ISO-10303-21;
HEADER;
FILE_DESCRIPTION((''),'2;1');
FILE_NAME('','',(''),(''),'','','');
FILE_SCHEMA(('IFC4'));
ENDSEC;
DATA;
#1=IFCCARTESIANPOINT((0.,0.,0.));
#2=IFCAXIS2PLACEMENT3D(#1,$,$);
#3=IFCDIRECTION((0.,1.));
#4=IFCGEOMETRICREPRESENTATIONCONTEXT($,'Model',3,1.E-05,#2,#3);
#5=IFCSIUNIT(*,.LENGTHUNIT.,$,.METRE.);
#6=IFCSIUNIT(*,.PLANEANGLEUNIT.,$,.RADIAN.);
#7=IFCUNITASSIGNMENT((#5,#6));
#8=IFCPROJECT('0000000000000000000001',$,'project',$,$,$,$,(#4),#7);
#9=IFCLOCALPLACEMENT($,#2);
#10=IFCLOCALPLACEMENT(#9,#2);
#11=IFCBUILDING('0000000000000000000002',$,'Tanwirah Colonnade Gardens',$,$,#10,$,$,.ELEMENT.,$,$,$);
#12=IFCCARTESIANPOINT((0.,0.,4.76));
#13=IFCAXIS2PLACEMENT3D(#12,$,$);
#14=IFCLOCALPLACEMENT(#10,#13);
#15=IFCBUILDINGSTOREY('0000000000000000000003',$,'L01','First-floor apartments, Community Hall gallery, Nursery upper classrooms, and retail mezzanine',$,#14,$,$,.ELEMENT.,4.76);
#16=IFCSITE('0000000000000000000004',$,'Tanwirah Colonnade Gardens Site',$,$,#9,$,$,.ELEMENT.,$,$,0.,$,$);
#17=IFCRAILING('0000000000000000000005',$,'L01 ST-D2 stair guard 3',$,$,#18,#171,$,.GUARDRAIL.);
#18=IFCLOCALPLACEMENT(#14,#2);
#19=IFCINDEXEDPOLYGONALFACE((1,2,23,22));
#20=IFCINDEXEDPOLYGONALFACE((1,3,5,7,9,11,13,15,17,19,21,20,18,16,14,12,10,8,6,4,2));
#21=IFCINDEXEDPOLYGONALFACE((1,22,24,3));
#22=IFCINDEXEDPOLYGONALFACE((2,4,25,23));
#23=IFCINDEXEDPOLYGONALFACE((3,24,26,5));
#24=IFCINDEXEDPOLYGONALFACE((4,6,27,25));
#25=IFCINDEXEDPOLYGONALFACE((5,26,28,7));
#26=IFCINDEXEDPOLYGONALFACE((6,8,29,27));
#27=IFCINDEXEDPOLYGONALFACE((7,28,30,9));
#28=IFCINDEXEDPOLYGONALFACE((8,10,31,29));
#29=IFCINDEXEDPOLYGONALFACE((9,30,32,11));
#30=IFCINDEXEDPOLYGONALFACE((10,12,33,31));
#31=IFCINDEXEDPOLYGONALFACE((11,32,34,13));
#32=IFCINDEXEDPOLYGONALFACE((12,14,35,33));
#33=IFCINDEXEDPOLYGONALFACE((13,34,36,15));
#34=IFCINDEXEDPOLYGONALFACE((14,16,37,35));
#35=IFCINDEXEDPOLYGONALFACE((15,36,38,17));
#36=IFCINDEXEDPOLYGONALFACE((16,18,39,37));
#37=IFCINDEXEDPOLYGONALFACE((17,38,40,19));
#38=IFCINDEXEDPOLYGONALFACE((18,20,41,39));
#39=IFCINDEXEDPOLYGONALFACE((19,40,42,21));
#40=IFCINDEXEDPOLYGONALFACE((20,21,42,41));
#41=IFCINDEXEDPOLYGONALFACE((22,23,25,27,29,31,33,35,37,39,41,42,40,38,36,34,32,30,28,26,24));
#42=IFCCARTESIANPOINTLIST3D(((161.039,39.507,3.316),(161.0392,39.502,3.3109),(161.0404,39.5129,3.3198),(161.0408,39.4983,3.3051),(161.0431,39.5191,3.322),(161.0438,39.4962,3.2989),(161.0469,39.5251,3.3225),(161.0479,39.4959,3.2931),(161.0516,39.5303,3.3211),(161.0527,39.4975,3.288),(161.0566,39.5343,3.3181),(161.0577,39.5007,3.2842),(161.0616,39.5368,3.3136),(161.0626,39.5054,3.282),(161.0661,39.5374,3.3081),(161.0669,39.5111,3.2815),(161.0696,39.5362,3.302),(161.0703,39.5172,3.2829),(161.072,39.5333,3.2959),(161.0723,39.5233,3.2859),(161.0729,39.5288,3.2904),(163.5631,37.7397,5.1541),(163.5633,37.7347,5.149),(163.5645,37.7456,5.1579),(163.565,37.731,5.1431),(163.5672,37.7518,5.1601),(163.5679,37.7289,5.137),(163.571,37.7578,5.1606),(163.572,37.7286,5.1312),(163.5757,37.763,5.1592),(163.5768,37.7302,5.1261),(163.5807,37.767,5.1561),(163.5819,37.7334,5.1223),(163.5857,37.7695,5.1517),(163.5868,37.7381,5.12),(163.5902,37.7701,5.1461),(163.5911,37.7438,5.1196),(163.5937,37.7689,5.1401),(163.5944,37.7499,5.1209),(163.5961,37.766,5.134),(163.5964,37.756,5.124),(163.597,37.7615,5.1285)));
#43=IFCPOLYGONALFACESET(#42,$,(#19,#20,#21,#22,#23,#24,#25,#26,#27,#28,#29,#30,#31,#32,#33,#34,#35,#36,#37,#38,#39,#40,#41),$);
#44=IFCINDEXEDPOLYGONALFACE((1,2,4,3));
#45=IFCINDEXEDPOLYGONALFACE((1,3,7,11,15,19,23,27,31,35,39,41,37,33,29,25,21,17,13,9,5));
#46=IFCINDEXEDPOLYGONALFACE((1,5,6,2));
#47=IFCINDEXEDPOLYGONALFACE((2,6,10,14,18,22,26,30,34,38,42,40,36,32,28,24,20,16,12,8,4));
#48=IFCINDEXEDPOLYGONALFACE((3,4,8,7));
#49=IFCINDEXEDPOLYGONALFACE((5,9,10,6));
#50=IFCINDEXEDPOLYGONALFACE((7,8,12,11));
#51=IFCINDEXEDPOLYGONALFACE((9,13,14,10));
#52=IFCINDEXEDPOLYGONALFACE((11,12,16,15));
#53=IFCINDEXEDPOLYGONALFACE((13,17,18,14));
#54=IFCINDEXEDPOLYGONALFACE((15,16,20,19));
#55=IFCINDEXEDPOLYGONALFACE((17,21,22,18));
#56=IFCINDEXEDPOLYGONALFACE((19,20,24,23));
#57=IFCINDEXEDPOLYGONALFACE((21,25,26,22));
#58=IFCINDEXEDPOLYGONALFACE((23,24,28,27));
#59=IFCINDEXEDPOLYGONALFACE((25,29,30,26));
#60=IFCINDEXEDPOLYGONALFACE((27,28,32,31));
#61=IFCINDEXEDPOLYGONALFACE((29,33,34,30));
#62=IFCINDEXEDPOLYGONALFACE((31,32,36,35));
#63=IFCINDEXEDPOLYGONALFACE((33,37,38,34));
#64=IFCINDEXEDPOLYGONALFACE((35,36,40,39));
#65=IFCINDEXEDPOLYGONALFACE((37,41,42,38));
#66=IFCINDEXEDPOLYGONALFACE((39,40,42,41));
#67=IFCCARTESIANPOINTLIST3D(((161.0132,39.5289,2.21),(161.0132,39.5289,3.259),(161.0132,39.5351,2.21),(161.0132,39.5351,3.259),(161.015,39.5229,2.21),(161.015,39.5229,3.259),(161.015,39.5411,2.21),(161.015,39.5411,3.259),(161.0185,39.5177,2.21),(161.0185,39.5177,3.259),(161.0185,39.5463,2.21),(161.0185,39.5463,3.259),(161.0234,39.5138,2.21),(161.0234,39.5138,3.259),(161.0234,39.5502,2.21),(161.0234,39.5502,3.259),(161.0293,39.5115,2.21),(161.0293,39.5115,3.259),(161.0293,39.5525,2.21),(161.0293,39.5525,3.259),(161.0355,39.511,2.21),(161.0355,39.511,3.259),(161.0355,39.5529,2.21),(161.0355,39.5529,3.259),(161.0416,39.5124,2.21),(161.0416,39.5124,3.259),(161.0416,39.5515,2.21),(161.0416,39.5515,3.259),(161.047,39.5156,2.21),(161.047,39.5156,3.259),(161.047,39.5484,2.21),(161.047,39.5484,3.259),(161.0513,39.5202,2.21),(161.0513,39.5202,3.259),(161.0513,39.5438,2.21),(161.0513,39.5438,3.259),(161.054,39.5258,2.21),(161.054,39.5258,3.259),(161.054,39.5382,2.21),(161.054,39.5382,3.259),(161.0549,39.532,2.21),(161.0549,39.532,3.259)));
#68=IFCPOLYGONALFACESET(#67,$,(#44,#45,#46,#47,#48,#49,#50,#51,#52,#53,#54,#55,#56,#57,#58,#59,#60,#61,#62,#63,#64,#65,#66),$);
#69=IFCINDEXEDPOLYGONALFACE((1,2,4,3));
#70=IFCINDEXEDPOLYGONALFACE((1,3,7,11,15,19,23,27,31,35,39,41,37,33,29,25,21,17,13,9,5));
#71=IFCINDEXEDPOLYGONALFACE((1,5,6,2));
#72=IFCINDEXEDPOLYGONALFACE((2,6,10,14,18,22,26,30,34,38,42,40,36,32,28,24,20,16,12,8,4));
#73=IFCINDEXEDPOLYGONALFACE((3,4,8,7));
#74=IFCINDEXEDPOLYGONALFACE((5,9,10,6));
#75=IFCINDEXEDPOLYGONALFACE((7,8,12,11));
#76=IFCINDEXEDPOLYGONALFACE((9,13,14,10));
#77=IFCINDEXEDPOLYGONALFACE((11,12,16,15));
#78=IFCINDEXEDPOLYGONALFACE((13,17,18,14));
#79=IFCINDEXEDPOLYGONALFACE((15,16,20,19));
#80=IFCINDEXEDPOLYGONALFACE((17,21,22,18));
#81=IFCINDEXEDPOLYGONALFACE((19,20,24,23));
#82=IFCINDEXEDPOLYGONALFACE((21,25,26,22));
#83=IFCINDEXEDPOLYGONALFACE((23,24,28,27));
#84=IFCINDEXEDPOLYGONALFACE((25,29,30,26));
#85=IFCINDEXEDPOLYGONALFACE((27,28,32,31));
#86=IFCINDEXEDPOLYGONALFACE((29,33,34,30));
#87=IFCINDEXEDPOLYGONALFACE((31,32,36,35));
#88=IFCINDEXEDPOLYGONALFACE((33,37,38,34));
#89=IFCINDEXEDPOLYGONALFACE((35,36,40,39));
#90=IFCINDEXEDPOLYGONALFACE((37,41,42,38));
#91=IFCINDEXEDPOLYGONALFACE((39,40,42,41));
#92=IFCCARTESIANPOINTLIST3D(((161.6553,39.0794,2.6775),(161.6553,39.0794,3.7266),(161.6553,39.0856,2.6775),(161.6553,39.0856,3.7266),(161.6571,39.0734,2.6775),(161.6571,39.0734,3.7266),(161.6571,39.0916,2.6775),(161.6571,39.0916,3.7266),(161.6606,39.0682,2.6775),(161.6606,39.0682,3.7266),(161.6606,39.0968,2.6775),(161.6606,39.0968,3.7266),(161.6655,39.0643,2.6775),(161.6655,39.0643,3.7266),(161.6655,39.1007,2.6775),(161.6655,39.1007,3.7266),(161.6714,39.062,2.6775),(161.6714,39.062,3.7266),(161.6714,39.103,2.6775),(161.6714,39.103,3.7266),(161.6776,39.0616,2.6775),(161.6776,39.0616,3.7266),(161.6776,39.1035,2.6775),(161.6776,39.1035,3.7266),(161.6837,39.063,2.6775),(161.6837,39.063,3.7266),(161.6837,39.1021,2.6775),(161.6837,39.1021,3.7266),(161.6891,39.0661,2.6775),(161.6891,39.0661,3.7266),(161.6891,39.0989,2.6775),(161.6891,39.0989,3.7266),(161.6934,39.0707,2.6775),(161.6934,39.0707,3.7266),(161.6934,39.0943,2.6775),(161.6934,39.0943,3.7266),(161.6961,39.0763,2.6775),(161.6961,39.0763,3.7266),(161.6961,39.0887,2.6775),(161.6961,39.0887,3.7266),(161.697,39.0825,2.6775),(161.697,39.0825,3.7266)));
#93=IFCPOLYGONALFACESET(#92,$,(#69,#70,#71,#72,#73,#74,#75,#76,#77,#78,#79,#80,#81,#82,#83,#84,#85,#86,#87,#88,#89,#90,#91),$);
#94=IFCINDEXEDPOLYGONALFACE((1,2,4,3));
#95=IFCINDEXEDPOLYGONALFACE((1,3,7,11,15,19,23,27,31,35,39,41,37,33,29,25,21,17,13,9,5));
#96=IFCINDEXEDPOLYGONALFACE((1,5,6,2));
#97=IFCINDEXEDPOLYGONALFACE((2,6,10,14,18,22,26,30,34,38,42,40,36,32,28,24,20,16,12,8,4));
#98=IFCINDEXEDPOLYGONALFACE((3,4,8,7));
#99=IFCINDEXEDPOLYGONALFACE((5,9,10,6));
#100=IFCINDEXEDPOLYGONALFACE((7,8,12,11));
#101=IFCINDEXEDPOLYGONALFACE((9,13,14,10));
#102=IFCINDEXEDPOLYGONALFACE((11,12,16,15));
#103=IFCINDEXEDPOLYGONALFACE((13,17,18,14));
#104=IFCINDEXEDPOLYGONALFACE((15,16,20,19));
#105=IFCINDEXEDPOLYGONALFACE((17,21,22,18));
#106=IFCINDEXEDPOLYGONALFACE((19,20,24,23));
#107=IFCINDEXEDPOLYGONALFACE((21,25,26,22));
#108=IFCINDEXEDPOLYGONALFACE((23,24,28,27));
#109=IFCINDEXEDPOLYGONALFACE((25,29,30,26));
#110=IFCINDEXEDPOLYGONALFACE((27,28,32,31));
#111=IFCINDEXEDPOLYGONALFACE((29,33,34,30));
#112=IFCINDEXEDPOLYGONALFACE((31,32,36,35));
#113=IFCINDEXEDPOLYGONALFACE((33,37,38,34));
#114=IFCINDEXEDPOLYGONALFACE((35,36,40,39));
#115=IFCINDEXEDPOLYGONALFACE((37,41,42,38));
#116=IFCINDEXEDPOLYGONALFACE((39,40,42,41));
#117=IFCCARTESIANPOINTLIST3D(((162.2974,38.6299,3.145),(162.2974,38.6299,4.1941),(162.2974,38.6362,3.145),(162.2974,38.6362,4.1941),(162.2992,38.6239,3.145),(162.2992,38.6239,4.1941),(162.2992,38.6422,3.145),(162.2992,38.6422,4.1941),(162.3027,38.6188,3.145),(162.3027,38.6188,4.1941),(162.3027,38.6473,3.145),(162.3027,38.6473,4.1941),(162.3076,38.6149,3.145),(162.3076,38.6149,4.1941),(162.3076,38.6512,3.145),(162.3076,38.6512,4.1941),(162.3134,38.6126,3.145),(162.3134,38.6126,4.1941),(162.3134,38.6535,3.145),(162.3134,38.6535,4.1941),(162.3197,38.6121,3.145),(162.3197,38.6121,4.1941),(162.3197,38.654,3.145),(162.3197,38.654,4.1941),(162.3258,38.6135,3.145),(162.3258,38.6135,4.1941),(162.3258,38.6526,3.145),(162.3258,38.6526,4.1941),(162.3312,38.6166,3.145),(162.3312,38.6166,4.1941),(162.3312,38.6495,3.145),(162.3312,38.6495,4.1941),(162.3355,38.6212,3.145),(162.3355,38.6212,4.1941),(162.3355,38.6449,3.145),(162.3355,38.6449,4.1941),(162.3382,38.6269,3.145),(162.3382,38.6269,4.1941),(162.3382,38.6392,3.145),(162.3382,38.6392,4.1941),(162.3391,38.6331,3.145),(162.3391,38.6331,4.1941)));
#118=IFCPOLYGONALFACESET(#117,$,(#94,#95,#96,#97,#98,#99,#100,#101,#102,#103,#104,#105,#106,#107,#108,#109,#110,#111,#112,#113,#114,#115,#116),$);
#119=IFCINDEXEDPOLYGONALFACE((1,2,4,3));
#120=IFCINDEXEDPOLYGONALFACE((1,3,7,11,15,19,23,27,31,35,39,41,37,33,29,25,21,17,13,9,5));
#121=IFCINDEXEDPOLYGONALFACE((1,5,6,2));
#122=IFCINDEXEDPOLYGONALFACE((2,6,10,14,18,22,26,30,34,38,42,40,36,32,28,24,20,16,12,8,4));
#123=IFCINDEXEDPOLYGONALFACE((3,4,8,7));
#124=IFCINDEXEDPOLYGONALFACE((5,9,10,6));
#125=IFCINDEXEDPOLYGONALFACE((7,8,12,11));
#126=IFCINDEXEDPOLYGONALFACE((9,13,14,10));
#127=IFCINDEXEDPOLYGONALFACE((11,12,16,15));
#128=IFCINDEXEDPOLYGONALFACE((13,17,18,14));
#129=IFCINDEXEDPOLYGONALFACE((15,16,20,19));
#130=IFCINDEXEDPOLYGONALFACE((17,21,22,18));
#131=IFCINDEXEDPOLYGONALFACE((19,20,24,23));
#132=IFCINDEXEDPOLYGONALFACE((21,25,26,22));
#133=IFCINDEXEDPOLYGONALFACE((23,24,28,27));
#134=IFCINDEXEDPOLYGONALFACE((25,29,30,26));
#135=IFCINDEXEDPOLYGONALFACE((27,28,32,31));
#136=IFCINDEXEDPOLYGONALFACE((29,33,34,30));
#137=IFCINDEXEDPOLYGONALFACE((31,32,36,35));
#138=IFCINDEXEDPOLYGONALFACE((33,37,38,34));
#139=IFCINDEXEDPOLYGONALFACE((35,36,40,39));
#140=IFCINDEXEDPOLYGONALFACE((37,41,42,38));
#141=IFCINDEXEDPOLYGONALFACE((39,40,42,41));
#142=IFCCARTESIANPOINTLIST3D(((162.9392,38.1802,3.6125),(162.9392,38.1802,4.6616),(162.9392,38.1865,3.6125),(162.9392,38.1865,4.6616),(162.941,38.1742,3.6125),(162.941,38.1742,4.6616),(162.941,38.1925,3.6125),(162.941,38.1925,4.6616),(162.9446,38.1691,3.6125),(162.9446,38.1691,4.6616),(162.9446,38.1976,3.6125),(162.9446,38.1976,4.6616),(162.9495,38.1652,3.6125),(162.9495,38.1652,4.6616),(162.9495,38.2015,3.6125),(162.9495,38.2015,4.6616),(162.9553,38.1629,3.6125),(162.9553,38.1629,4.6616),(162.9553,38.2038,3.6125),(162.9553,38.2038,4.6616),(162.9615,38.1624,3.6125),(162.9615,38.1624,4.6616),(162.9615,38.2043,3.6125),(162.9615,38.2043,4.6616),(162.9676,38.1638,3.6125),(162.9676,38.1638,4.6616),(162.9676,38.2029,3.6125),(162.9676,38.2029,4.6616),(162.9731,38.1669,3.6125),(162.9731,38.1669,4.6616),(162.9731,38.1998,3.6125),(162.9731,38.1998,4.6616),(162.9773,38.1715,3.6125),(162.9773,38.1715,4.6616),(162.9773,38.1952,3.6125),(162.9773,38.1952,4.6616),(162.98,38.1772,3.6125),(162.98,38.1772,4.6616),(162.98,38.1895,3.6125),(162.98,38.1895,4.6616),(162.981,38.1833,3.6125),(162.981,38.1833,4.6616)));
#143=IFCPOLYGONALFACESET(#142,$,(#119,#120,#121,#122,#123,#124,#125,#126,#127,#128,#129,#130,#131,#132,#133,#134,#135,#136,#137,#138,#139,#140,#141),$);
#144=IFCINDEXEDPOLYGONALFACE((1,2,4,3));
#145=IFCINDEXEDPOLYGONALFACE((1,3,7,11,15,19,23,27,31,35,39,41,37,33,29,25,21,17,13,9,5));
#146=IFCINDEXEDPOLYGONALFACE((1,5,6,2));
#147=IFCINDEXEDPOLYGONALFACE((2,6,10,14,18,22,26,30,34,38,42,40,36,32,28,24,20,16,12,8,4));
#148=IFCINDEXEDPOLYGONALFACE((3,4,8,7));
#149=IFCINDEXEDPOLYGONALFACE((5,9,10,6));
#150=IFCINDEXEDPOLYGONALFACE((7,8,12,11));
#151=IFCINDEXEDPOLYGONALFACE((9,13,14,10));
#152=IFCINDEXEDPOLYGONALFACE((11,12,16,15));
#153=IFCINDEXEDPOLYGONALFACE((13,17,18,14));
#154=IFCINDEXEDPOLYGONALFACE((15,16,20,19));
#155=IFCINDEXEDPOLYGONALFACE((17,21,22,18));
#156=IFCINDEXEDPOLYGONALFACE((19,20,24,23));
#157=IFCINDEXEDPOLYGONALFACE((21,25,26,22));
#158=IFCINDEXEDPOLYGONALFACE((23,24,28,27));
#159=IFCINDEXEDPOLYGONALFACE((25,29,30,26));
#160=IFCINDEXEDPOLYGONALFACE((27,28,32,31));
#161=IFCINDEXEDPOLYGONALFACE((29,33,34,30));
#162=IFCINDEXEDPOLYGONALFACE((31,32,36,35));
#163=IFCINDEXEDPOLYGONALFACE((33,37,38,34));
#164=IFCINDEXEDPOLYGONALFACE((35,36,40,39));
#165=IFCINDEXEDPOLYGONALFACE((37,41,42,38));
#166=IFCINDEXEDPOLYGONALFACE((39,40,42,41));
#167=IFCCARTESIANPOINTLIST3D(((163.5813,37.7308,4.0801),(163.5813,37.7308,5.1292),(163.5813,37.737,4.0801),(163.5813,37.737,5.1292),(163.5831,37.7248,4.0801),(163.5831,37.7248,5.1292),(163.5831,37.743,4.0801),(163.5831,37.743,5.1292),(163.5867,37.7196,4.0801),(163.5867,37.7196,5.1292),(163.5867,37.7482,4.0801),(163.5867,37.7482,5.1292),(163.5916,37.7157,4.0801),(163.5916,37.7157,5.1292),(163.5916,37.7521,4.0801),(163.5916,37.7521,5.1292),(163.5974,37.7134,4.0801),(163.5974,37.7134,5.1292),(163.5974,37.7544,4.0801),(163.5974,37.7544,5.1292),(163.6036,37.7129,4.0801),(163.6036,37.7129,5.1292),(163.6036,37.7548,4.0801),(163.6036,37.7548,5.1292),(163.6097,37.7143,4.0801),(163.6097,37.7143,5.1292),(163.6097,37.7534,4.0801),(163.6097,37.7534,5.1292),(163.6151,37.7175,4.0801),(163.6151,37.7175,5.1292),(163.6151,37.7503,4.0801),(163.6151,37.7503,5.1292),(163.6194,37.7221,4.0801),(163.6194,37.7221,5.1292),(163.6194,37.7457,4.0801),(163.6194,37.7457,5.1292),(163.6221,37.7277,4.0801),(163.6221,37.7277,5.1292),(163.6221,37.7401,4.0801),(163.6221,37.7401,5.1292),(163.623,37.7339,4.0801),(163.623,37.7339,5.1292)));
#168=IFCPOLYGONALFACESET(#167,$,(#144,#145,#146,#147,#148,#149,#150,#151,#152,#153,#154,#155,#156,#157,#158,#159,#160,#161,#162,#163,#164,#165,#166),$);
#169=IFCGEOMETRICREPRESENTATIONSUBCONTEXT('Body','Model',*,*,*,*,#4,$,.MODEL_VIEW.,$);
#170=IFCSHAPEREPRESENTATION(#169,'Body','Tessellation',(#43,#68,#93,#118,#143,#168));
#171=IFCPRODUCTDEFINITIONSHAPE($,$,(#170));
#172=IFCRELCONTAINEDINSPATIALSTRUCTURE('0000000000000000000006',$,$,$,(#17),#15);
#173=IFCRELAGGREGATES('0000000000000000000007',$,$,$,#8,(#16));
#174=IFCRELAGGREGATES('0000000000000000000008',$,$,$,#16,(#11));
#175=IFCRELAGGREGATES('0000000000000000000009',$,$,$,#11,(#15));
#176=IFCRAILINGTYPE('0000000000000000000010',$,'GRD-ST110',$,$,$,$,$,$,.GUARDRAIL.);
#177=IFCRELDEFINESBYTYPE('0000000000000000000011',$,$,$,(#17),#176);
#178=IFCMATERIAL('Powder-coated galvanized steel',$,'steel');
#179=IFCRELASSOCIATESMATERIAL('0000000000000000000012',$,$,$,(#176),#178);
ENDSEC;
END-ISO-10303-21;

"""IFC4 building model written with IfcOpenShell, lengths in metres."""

from ifc_helpers import new_model, si_unit, direction, frame, origin, origin_2d, place, context, subcontext, project, spatial, circle, extrude, material, type_object, element, save


model = new_model("IFC4")

# Units and contexts
model_context = context("Model", 3, precision=1e-05, world=origin(), true_north=direction((0.0, 1.0)))
body_context = subcontext(model_context, "Body", "Model", "MODEL_VIEW")
ifc_project = project(units=[si_unit("LENGTHUNIT", "METRE"), si_unit("PLANEANGLEUNIT", "RADIAN")], contexts=[model_context])

# Site, building, storey
site_placement = place(None, origin())
site = spatial("IfcSite", under=ifc_project, at=site_placement, Name="Tanwirah Colonnade Gardens Site", CompositionType="ELEMENT", RefElevation=0.0)
building_placement = place(site_placement, origin())
building = spatial("IfcBuilding", under=site, at=building_placement, Name="Tanwirah Colonnade Gardens", CompositionType="ELEMENT")
storey_placement = place(building_placement, frame((0.0, 0.0, 4.76)))
storey = spatial("IfcBuildingStorey", under=building, at=storey_placement, Name="L01", Description="First-floor apartments, Community Hall gallery, Nursery upper classrooms, and retail mezzanine", CompositionType="ELEMENT", Elevation=4.76)

# Railing
ifc_material_1 = material(Name="Powder-coated galvanized steel", Category="steel")
railing_type_1 = type_object("IfcRailingType", Name="GRD-ST110", PredefinedType="GUARDRAIL", material=ifc_material_1)
railing_1_placement = place(storey_placement, frame((161.0339, 39.532, 2.21)))
element("IfcRailing", 1, at=railing_1_placement, inside=storey, type_object=railing_type_1, Name="L01 ST-D2 stair guard 3", PredefinedType="GUARDRAIL", context=body_context, shape_type="SweptSolid", body=[
    extrude(circle(Radius=0.0239, at=origin_2d()), frame((0.022, -0.0154, 1.092), z_axis=(0.703509, -0.49257, 0.512299), x_axis=(0.573551, 0.81917, 0.0)), (0.0, 0.0, 1.0), 3.5879),
    extrude(circle(Radius=0.021, at=origin_2d()), origin(), (0.0, 0.0, 1.0), 1.0491),
    extrude(circle(Radius=0.021, at=origin_2d()), frame((0.6421, -0.4495, 0.4675)), (0.0, 0.0, 1.0), 1.0491),
    extrude(circle(Radius=0.021, at=origin_2d()), frame((1.2842, -0.8989, 0.9351)), (0.0, 0.0, 1.0), 1.0491),
    extrude(circle(Radius=0.021, at=origin_2d()), frame((1.926, -1.3486, 1.4026)), (0.0, 0.0, 1.0), 1.0491),
    extrude(circle(Radius=0.021, at=origin_2d()), frame((2.5681, -1.7981, 1.8701)), (0.0, 0.0, 1.0), 1.0491),
])

save(model, "model.ifc")
